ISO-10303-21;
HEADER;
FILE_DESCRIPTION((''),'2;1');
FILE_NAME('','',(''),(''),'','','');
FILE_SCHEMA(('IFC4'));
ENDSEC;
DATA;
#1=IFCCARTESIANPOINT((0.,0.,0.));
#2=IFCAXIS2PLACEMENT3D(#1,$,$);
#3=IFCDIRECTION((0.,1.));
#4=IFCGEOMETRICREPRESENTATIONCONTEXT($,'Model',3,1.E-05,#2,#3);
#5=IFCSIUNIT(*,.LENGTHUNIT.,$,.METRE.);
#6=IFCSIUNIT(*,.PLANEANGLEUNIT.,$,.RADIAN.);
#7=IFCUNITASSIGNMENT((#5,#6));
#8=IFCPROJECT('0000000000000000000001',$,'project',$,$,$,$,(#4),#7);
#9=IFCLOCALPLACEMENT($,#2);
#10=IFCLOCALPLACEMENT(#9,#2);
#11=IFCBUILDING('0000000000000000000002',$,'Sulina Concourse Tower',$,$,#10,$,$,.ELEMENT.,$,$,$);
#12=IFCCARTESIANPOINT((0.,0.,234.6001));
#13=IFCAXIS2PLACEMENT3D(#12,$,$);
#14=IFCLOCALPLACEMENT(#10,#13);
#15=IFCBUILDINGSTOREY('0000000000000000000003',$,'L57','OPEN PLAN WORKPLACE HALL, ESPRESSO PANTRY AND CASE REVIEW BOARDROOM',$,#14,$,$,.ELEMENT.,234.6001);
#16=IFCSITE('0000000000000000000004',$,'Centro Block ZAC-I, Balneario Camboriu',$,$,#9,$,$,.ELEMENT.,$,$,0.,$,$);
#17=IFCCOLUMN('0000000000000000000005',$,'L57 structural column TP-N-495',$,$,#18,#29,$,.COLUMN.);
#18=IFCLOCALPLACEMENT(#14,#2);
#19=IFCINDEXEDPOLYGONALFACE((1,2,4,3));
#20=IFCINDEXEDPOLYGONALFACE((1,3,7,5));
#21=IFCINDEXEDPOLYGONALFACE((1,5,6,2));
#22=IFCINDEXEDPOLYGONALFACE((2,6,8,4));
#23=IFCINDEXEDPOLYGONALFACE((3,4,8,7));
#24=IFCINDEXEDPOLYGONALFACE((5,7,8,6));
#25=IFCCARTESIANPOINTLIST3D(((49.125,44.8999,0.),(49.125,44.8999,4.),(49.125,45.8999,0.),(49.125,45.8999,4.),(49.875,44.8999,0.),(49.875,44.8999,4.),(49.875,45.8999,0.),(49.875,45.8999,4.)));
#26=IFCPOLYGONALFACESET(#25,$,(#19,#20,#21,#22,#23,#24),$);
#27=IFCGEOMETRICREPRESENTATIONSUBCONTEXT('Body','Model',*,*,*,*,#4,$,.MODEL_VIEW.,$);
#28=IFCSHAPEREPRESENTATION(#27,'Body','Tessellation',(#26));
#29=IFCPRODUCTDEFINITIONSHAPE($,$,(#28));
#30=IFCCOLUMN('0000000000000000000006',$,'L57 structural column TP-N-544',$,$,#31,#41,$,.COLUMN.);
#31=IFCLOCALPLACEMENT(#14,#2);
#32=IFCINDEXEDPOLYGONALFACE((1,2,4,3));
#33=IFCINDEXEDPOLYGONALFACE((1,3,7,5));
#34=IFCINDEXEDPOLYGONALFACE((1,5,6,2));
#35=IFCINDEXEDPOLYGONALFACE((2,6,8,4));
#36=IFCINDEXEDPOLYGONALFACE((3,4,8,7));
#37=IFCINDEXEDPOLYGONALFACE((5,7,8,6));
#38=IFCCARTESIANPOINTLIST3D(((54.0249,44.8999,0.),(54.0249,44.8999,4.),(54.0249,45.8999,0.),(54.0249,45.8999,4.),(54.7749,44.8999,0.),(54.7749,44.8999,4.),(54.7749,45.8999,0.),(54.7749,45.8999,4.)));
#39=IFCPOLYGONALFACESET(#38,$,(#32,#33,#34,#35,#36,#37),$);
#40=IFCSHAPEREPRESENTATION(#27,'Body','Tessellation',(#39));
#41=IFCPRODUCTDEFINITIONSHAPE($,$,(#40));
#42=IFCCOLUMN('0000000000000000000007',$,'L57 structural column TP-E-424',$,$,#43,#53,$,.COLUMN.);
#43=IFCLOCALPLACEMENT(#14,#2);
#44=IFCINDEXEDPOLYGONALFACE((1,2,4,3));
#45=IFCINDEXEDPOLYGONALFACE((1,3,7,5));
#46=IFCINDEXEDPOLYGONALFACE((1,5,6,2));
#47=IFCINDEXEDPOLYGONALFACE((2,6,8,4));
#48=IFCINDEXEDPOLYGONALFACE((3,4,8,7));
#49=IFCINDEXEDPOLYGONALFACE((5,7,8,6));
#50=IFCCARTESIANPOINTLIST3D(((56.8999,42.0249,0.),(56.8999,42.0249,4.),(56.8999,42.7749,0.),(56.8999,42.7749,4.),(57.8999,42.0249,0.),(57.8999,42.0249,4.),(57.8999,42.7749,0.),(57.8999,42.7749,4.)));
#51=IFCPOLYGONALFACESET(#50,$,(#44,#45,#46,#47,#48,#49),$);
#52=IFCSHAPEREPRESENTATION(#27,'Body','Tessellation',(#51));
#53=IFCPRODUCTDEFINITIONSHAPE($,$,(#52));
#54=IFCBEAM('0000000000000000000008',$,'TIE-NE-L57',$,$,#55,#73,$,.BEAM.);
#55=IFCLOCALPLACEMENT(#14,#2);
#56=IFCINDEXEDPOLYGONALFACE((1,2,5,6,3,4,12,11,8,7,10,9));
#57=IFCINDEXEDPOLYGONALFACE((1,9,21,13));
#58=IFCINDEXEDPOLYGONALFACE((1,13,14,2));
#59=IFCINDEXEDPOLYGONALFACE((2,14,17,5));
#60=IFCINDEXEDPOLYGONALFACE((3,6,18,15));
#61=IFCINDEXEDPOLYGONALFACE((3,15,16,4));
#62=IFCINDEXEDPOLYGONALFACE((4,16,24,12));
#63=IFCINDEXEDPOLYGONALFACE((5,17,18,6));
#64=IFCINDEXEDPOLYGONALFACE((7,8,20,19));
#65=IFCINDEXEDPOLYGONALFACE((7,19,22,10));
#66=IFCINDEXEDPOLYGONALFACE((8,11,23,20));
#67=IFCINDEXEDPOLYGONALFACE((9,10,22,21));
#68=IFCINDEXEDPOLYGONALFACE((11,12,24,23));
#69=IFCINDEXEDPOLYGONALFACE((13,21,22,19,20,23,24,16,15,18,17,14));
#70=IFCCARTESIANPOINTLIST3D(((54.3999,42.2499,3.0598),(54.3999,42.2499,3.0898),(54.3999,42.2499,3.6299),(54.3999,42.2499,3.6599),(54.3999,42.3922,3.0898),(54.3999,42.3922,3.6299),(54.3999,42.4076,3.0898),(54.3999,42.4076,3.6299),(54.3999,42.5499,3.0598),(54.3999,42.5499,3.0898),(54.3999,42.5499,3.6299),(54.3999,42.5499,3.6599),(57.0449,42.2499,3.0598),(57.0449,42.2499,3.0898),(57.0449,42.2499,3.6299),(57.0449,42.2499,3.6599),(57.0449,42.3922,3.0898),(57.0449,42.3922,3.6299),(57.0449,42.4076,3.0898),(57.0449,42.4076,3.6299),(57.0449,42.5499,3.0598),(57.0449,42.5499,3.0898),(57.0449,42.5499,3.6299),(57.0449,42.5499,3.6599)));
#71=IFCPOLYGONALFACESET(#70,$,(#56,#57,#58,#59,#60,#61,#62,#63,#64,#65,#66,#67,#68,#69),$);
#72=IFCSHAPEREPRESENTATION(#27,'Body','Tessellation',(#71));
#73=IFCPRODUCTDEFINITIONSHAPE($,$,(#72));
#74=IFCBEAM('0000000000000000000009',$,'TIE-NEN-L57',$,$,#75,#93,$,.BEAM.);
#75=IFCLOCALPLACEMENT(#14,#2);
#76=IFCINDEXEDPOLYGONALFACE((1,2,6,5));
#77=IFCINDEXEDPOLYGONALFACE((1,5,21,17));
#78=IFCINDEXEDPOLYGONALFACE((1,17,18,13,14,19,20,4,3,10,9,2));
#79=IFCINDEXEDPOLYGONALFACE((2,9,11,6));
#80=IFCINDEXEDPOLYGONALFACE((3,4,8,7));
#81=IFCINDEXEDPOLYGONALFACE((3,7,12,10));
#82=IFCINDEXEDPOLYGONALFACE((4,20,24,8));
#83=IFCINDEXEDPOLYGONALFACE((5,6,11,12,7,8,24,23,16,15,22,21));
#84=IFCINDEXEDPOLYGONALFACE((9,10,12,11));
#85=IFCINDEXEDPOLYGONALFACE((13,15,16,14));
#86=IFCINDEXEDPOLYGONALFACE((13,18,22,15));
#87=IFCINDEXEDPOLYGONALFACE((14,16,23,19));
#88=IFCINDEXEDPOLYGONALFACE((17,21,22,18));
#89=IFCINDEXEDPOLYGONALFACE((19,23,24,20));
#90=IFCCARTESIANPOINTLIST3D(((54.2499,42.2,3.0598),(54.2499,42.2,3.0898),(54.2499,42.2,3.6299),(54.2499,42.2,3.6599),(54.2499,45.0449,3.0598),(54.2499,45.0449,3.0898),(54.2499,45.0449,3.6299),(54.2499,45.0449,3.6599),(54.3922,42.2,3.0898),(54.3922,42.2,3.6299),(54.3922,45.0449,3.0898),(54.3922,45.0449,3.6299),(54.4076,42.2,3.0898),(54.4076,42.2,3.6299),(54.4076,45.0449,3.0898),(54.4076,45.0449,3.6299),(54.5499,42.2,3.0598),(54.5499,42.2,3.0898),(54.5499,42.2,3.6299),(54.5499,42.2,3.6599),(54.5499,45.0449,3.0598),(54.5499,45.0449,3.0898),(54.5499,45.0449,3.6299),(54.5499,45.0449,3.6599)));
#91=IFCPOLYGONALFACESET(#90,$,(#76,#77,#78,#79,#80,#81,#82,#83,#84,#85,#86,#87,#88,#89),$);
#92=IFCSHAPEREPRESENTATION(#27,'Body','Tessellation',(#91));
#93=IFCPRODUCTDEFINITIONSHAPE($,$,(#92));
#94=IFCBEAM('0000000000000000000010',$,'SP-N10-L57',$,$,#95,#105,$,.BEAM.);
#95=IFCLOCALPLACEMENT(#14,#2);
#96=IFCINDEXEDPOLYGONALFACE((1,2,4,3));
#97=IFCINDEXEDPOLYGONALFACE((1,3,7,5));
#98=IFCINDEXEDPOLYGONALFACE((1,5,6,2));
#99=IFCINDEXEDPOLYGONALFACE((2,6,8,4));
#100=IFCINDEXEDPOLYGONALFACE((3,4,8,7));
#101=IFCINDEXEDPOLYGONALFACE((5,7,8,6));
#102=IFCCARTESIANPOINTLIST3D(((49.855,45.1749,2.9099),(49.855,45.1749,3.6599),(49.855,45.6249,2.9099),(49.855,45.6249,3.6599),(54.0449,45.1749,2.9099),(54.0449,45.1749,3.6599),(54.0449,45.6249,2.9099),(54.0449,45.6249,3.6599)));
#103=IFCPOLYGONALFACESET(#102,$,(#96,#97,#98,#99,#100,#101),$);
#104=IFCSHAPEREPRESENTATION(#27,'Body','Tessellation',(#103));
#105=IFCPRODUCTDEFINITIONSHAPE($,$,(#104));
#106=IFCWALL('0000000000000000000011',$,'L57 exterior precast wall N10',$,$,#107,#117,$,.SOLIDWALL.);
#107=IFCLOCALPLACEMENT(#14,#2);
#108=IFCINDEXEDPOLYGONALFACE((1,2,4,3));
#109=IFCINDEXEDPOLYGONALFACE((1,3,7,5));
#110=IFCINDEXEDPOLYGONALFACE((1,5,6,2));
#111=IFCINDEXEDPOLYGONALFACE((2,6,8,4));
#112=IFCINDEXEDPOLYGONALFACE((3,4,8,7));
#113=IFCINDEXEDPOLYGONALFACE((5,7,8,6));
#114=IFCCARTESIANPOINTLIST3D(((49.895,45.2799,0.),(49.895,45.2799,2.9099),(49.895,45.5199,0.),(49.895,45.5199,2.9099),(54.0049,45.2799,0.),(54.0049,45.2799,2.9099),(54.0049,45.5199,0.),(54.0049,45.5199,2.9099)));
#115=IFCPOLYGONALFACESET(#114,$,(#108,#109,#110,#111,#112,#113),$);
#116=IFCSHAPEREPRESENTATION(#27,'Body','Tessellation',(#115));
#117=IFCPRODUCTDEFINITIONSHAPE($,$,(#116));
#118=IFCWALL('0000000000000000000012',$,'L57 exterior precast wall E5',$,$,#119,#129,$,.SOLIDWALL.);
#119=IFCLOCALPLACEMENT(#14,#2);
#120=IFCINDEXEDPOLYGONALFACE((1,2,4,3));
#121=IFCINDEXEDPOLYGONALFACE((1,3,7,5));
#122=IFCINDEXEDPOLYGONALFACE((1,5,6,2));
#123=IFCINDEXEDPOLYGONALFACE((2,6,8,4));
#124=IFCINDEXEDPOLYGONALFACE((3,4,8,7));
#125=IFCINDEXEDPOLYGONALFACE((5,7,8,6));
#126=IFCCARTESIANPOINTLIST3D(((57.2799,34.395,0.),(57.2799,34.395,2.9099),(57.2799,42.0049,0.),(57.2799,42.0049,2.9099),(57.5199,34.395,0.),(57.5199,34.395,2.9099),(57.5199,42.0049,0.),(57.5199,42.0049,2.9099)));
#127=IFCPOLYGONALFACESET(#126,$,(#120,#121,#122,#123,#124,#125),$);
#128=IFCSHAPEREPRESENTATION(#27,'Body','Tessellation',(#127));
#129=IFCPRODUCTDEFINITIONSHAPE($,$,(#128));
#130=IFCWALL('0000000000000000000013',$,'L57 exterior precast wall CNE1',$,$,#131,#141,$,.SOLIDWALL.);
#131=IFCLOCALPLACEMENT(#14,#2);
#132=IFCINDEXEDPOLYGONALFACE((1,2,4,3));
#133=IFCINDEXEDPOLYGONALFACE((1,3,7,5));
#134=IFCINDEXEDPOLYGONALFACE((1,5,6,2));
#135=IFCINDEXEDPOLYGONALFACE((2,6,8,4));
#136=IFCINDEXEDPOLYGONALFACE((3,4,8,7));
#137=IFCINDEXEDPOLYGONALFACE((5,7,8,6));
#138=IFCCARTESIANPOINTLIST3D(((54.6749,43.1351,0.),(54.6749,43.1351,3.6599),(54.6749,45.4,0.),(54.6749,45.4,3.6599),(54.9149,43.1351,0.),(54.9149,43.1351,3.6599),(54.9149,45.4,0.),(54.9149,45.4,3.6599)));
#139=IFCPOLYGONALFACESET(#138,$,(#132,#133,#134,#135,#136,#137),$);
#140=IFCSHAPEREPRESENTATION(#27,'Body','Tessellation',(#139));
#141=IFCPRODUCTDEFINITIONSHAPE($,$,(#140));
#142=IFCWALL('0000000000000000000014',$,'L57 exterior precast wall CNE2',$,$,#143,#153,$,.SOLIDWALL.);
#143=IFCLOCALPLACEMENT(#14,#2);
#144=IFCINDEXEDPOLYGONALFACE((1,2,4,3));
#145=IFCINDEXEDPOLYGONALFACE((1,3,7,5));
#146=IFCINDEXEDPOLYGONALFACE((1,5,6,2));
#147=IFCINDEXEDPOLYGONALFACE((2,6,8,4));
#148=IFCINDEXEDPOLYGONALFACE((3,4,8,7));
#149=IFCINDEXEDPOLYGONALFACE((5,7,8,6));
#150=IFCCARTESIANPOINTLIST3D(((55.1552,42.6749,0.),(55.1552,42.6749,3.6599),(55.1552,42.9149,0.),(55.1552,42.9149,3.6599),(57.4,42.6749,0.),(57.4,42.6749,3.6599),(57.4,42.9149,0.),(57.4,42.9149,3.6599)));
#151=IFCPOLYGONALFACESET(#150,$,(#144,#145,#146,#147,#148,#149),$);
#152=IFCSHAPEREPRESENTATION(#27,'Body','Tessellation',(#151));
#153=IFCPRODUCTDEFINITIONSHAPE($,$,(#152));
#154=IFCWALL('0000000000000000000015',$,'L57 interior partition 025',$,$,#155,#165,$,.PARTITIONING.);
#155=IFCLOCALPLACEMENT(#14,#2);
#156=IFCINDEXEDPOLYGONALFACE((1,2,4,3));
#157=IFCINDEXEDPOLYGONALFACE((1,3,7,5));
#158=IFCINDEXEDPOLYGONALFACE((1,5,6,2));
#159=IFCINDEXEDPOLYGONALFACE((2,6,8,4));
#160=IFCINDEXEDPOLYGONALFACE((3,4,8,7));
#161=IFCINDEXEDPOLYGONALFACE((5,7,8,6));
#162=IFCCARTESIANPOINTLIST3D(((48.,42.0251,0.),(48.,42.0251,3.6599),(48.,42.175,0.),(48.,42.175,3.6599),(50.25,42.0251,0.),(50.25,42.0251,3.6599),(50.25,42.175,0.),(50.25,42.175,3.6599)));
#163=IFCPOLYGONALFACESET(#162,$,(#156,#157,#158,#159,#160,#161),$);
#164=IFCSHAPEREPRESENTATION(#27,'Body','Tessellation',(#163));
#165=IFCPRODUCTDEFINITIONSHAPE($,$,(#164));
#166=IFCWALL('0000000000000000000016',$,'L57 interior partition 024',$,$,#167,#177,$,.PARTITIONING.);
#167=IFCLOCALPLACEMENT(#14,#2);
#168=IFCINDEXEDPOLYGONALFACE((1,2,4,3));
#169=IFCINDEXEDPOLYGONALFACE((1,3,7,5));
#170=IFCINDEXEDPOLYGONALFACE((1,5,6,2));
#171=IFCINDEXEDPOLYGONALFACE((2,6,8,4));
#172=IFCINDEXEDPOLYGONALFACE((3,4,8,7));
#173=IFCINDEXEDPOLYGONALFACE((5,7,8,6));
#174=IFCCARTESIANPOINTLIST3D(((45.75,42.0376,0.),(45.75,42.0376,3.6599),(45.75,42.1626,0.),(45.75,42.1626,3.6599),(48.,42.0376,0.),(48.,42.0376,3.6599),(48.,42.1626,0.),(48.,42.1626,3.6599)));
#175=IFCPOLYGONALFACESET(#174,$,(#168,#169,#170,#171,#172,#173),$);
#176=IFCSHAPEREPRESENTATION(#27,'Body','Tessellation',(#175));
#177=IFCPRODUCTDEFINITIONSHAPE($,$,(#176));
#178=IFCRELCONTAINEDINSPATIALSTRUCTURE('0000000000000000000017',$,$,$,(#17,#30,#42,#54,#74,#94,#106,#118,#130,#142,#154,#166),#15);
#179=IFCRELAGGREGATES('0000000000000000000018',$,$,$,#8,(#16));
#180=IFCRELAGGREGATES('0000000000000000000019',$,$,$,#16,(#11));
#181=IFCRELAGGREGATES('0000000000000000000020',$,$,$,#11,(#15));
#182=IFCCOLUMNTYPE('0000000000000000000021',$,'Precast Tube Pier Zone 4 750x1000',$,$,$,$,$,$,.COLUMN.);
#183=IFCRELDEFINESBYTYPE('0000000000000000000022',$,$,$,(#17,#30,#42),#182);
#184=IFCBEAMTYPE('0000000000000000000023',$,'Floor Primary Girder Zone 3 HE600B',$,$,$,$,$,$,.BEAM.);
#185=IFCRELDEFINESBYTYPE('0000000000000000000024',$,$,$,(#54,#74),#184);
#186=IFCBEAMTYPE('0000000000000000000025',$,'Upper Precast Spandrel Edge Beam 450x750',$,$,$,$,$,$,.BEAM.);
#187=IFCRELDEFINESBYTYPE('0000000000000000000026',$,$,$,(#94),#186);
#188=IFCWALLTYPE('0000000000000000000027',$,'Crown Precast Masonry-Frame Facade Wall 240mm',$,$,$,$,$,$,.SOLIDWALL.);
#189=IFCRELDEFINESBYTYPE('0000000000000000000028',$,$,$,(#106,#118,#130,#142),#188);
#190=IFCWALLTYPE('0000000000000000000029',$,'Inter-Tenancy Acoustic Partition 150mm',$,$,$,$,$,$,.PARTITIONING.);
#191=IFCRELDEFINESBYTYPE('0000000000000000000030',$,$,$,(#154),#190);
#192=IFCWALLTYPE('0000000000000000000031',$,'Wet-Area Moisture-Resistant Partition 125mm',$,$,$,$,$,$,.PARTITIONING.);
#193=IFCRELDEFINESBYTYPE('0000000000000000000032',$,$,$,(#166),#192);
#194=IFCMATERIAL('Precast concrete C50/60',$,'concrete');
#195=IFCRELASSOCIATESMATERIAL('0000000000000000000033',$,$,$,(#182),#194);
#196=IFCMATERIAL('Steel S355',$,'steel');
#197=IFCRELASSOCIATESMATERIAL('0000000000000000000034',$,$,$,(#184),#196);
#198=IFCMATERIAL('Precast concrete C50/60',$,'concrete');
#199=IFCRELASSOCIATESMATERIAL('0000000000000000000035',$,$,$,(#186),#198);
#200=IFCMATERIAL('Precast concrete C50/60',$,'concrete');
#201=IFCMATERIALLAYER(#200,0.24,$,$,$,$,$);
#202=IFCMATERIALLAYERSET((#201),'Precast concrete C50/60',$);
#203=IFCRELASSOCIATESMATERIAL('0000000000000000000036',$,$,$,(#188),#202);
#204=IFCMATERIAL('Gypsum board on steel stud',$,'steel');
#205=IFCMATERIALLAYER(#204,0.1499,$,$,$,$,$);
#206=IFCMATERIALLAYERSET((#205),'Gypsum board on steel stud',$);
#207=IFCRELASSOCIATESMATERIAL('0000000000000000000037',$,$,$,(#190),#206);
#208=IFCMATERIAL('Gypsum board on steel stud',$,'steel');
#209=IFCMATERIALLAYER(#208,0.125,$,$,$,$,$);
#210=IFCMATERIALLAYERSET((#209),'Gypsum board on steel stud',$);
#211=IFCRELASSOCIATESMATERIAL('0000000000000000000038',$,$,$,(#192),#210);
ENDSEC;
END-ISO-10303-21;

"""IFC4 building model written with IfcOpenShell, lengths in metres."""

from ifc_helpers import new_model, si_unit, direction, frame, frame_2d, origin, origin_2d, place, context, subcontext, project, spatial, rectangle, i_section, extrude, material, layer, layer_set, material_profile, profile_set, type_object, element, save


model = new_model("IFC4")

# Units and contexts
model_context = context("Model", 3, precision=1e-05, world=origin(), true_north=direction((0.0, 1.0)))
body_context = subcontext(model_context, "Body", "Model", "MODEL_VIEW")
ifc_project = project(units=[si_unit("LENGTHUNIT", "METRE"), si_unit("PLANEANGLEUNIT", "RADIAN")], contexts=[model_context])

# Site, building, storey
site_placement = place(None, origin())
site = spatial("IfcSite", under=ifc_project, at=site_placement, Name="Centro Block ZAC-I, Balneario Camboriu", CompositionType="ELEMENT", RefElevation=0.0)
building_placement = place(site_placement, origin())
building = spatial("IfcBuilding", under=site, at=building_placement, Name="Sulina Concourse Tower", CompositionType="ELEMENT")
storey_placement = place(building_placement, frame((0.0, 0.0, 234.6001)))
storey = spatial("IfcBuildingStorey", under=building, at=storey_placement, Name="L57", Description="OPEN PLAN WORKPLACE HALL, ESPRESSO PANTRY AND CASE REVIEW BOARDROOM", CompositionType="ELEMENT", Elevation=234.6001)

# Columns
ifc_material_1 = material(Name="Precast concrete C50/60", Category="concrete")
ifc_material_profile_1 = material_profile(ifc_material_1, rectangle(XDim=0.75, YDim=1.0, at=origin_2d()), Name="PC 750x1000")
ifc_profile_set_1 = profile_set([ifc_material_profile_1], Name="Precast concrete C50/60")
column_type = type_object("IfcColumnType", Name="Precast Tube Pier Zone 4 750x1000", PredefinedType="COLUMN", material=ifc_profile_set_1)
for number, where, z_axis, x_axis, name in (
    (1, (49.5, 45.3999, 0.0), (0.0, 0.0, 1.0), (1.0, 0.0, 0.0), "L57 structural column TP-N-495"),
    (2, (54.3999, 45.3999, 0.0), (0.0, 0.0, 1.0), (1.0, 0.0, 0.0), "L57 structural column TP-N-544"),
    (3, (57.3999, 42.3999, 0.0), (0.0, 0.0, 1.0), (0.0, 1.0, 0.0), "L57 structural column TP-E-424"),
):
    element("IfcColumn", number, at=place(storey_placement, frame(where, z_axis=z_axis, x_axis=x_axis)), inside=storey, type_object=column_type, Name=name, PredefinedType="COLUMN", context=body_context, shape_type="SweptSolid", body=[
        extrude(rectangle(XDim=0.75, YDim=1.0, at=origin_2d()), origin(), (0.0, 0.0, 1.0), 4.0),
    ])

# Beams
ifc_material_2 = material(Name="Steel S355", Category="steel")
ifc_material_profile_2 = material_profile(ifc_material_2, i_section(OverallWidth=0.3, OverallDepth=0.6001, WebThickness=0.0154, FlangeThickness=0.03, at=origin_2d()), Name="HE 600 B")
ifc_profile_set_2 = profile_set([ifc_material_profile_2], Name="Steel S355")
beam_type_1 = type_object("IfcBeamType", Name="Floor Primary Girder Zone 3 HE600B", PredefinedType="BEAM", material=ifc_profile_set_2)
beam_1_placement = place(storey_placement, frame((54.3999, 42.3999, 3.3599), z_axis=(1.0, 0.0, 0.0), x_axis=(0.0, 1.0, 0.0)))
element("IfcBeam", 4, at=beam_1_placement, inside=storey, type_object=beam_type_1, Name="TIE-NE-L57", PredefinedType="BEAM", context=body_context, shape_type="SweptSolid", body=[
    extrude(i_section(OverallWidth=0.3, OverallDepth=0.6001, WebThickness=0.0154, FlangeThickness=0.03, at=origin_2d()), origin(), (0.0, 0.0, 1.0), 2.645),
])
beam_2_placement = place(storey_placement, frame((54.3999, 42.2, 3.3599), z_axis=(0.0, 1.0, 0.0), x_axis=(-1.0, 0.0, 0.0)))
element("IfcBeam", 5, at=beam_2_placement, inside=storey, type_object=beam_type_1, Name="TIE-NEN-L57", PredefinedType="BEAM", context=body_context, shape_type="SweptSolid", body=[
    extrude(i_section(OverallWidth=0.3, OverallDepth=0.6001, WebThickness=0.0154, FlangeThickness=0.03, at=origin_2d()), origin(), (0.0, 0.0, 1.0), 2.845),
])
ifc_material_3 = material(Name="Precast concrete C50/60", Category="concrete")
ifc_material_profile_3 = material_profile(ifc_material_3, rectangle(XDim=0.45, YDim=0.75, at=origin_2d()), Name="RC 450x750")
ifc_profile_set_3 = profile_set([ifc_material_profile_3], Name="Precast concrete C50/60")
beam_type_2 = type_object("IfcBeamType", Name="Upper Precast Spandrel Edge Beam 450x750", PredefinedType="BEAM", material=ifc_profile_set_3)
beam_3_placement = place(storey_placement, frame((49.855, 45.3999, 3.2849), z_axis=(1.0, 0.0, 0.0), x_axis=(0.0, 1.0, 0.0)))
element("IfcBeam", 6, at=beam_3_placement, inside=storey, type_object=beam_type_2, Name="SP-N10-L57", PredefinedType="BEAM", context=body_context, shape_type="SweptSolid", body=[
    extrude(rectangle(XDim=0.45, YDim=0.75, at=origin_2d()), origin(), (0.0, 0.0, 1.0), 4.1899),
])

# Walls
ifc_material_4 = material(Name="Precast concrete C50/60", Category="concrete")
ifc_layer_1 = layer(ifc_material_4, 0.24)
ifc_layer_set_1 = layer_set([ifc_layer_1], Name="Precast concrete C50/60")
wall_type_1 = type_object("IfcWallType", Name="Crown Precast Masonry-Frame Facade Wall 240mm", PredefinedType="SOLIDWALL", material=ifc_layer_set_1)
wall_1_placement = place(storey_placement, frame((49.895, 45.3999, 0.0), z_axis=(0.0, 0.0, 1.0), x_axis=(1.0, 0.0, 0.0)))
element("IfcWall", 7, at=wall_1_placement, inside=storey, type_object=wall_type_1, Name="L57 exterior precast wall N10", PredefinedType="SOLIDWALL", context=body_context, shape_type="SweptSolid", body=[
    extrude(rectangle(XDim=4.1099, YDim=0.24, at=frame_2d((2.0549, 0.0))), origin(), (0.0, 0.0, 1.0), 2.9099),
])
wall_2_placement = place(storey_placement, frame((57.3999, 42.0049, 0.0), z_axis=(0.0, 0.0, 1.0), x_axis=(0.0, -1.0, 0.0)))
element("IfcWall", 8, at=wall_2_placement, inside=storey, type_object=wall_type_1, Name="L57 exterior precast wall E5", PredefinedType="SOLIDWALL", context=body_context, shape_type="SweptSolid", body=[
    extrude(rectangle(XDim=7.6099, YDim=0.24, at=frame_2d((3.8049, 0.0))), origin(), (0.0, 0.0, 1.0), 2.9099),
])
wall_3_placement = place(storey_placement, frame((54.7949, 45.3999, 0.0), z_axis=(0.0, 0.0, 1.0), x_axis=(0.0, -1.0, 0.0)))
element("IfcWall", 9, at=wall_3_placement, inside=storey, type_object=wall_type_1, Name="L57 exterior precast wall CNE1", PredefinedType="SOLIDWALL", context=body_context, shape_type="SweptSolid", body=[
    extrude(rectangle(XDim=2.2649, YDim=0.24, at=frame_2d((1.1323, 0.0))), origin(), (0.0, 0.0, 1.0), 3.6599),
])
wall_4_placement = place(storey_placement, frame((55.155, 42.7949, 0.0), z_axis=(0.0, 0.0, 1.0), x_axis=(1.0, 0.0, 0.0)))
element("IfcWall", 10, at=wall_4_placement, inside=storey, type_object=wall_type_1, Name="L57 exterior precast wall CNE2", PredefinedType="SOLIDWALL", context=body_context, shape_type="SweptSolid", body=[
    extrude(rectangle(XDim=2.2449, YDim=0.24, at=frame_2d((1.1226, 0.0))), origin(), (0.0, 0.0, 1.0), 3.6599),
])
ifc_material_5 = material(Name="Gypsum board on steel stud", Category="steel")
ifc_layer_2 = layer(ifc_material_5, 0.1499)
ifc_layer_set_2 = layer_set([ifc_layer_2], Name="Gypsum board on steel stud")
wall_type_2 = type_object("IfcWallType", Name="Inter-Tenancy Acoustic Partition 150mm", PredefinedType="PARTITIONING", material=ifc_layer_set_2)
wall_5_placement = place(storey_placement, frame((48.0, 42.1001, 0.0), z_axis=(0.0, 0.0, 1.0), x_axis=(1.0, 0.0, 0.0)))
element("IfcWall", 11, at=wall_5_placement, inside=storey, type_object=wall_type_2, Name="L57 interior partition 025", PredefinedType="PARTITIONING", context=body_context, shape_type="SweptSolid", body=[
    extrude(rectangle(XDim=2.25, YDim=0.1499, at=frame_2d((1.125, 0.0))), origin(), (0.0, 0.0, 1.0), 3.6599),
])
ifc_material_6 = material(Name="Gypsum board on steel stud", Category="steel")
ifc_layer_3 = layer(ifc_material_6, 0.125)
ifc_layer_set_3 = layer_set([ifc_layer_3], Name="Gypsum board on steel stud")
wall_type_3 = type_object("IfcWallType", Name="Wet-Area Moisture-Resistant Partition 125mm", PredefinedType="PARTITIONING", material=ifc_layer_set_3)
wall_6_placement = place(storey_placement, frame((45.75, 42.1001, 0.0), z_axis=(0.0, 0.0, 1.0), x_axis=(1.0, 0.0, 0.0)))
element("IfcWall", 12, at=wall_6_placement, inside=storey, type_object=wall_type_3, Name="L57 interior partition 024", PredefinedType="PARTITIONING", context=body_context, shape_type="SweptSolid", body=[
    extrude(rectangle(XDim=2.25, YDim=0.125, at=frame_2d((1.125, 0.0))), origin(), (0.0, 0.0, 1.0), 3.6599),
])

save(model, "model.ifc")
